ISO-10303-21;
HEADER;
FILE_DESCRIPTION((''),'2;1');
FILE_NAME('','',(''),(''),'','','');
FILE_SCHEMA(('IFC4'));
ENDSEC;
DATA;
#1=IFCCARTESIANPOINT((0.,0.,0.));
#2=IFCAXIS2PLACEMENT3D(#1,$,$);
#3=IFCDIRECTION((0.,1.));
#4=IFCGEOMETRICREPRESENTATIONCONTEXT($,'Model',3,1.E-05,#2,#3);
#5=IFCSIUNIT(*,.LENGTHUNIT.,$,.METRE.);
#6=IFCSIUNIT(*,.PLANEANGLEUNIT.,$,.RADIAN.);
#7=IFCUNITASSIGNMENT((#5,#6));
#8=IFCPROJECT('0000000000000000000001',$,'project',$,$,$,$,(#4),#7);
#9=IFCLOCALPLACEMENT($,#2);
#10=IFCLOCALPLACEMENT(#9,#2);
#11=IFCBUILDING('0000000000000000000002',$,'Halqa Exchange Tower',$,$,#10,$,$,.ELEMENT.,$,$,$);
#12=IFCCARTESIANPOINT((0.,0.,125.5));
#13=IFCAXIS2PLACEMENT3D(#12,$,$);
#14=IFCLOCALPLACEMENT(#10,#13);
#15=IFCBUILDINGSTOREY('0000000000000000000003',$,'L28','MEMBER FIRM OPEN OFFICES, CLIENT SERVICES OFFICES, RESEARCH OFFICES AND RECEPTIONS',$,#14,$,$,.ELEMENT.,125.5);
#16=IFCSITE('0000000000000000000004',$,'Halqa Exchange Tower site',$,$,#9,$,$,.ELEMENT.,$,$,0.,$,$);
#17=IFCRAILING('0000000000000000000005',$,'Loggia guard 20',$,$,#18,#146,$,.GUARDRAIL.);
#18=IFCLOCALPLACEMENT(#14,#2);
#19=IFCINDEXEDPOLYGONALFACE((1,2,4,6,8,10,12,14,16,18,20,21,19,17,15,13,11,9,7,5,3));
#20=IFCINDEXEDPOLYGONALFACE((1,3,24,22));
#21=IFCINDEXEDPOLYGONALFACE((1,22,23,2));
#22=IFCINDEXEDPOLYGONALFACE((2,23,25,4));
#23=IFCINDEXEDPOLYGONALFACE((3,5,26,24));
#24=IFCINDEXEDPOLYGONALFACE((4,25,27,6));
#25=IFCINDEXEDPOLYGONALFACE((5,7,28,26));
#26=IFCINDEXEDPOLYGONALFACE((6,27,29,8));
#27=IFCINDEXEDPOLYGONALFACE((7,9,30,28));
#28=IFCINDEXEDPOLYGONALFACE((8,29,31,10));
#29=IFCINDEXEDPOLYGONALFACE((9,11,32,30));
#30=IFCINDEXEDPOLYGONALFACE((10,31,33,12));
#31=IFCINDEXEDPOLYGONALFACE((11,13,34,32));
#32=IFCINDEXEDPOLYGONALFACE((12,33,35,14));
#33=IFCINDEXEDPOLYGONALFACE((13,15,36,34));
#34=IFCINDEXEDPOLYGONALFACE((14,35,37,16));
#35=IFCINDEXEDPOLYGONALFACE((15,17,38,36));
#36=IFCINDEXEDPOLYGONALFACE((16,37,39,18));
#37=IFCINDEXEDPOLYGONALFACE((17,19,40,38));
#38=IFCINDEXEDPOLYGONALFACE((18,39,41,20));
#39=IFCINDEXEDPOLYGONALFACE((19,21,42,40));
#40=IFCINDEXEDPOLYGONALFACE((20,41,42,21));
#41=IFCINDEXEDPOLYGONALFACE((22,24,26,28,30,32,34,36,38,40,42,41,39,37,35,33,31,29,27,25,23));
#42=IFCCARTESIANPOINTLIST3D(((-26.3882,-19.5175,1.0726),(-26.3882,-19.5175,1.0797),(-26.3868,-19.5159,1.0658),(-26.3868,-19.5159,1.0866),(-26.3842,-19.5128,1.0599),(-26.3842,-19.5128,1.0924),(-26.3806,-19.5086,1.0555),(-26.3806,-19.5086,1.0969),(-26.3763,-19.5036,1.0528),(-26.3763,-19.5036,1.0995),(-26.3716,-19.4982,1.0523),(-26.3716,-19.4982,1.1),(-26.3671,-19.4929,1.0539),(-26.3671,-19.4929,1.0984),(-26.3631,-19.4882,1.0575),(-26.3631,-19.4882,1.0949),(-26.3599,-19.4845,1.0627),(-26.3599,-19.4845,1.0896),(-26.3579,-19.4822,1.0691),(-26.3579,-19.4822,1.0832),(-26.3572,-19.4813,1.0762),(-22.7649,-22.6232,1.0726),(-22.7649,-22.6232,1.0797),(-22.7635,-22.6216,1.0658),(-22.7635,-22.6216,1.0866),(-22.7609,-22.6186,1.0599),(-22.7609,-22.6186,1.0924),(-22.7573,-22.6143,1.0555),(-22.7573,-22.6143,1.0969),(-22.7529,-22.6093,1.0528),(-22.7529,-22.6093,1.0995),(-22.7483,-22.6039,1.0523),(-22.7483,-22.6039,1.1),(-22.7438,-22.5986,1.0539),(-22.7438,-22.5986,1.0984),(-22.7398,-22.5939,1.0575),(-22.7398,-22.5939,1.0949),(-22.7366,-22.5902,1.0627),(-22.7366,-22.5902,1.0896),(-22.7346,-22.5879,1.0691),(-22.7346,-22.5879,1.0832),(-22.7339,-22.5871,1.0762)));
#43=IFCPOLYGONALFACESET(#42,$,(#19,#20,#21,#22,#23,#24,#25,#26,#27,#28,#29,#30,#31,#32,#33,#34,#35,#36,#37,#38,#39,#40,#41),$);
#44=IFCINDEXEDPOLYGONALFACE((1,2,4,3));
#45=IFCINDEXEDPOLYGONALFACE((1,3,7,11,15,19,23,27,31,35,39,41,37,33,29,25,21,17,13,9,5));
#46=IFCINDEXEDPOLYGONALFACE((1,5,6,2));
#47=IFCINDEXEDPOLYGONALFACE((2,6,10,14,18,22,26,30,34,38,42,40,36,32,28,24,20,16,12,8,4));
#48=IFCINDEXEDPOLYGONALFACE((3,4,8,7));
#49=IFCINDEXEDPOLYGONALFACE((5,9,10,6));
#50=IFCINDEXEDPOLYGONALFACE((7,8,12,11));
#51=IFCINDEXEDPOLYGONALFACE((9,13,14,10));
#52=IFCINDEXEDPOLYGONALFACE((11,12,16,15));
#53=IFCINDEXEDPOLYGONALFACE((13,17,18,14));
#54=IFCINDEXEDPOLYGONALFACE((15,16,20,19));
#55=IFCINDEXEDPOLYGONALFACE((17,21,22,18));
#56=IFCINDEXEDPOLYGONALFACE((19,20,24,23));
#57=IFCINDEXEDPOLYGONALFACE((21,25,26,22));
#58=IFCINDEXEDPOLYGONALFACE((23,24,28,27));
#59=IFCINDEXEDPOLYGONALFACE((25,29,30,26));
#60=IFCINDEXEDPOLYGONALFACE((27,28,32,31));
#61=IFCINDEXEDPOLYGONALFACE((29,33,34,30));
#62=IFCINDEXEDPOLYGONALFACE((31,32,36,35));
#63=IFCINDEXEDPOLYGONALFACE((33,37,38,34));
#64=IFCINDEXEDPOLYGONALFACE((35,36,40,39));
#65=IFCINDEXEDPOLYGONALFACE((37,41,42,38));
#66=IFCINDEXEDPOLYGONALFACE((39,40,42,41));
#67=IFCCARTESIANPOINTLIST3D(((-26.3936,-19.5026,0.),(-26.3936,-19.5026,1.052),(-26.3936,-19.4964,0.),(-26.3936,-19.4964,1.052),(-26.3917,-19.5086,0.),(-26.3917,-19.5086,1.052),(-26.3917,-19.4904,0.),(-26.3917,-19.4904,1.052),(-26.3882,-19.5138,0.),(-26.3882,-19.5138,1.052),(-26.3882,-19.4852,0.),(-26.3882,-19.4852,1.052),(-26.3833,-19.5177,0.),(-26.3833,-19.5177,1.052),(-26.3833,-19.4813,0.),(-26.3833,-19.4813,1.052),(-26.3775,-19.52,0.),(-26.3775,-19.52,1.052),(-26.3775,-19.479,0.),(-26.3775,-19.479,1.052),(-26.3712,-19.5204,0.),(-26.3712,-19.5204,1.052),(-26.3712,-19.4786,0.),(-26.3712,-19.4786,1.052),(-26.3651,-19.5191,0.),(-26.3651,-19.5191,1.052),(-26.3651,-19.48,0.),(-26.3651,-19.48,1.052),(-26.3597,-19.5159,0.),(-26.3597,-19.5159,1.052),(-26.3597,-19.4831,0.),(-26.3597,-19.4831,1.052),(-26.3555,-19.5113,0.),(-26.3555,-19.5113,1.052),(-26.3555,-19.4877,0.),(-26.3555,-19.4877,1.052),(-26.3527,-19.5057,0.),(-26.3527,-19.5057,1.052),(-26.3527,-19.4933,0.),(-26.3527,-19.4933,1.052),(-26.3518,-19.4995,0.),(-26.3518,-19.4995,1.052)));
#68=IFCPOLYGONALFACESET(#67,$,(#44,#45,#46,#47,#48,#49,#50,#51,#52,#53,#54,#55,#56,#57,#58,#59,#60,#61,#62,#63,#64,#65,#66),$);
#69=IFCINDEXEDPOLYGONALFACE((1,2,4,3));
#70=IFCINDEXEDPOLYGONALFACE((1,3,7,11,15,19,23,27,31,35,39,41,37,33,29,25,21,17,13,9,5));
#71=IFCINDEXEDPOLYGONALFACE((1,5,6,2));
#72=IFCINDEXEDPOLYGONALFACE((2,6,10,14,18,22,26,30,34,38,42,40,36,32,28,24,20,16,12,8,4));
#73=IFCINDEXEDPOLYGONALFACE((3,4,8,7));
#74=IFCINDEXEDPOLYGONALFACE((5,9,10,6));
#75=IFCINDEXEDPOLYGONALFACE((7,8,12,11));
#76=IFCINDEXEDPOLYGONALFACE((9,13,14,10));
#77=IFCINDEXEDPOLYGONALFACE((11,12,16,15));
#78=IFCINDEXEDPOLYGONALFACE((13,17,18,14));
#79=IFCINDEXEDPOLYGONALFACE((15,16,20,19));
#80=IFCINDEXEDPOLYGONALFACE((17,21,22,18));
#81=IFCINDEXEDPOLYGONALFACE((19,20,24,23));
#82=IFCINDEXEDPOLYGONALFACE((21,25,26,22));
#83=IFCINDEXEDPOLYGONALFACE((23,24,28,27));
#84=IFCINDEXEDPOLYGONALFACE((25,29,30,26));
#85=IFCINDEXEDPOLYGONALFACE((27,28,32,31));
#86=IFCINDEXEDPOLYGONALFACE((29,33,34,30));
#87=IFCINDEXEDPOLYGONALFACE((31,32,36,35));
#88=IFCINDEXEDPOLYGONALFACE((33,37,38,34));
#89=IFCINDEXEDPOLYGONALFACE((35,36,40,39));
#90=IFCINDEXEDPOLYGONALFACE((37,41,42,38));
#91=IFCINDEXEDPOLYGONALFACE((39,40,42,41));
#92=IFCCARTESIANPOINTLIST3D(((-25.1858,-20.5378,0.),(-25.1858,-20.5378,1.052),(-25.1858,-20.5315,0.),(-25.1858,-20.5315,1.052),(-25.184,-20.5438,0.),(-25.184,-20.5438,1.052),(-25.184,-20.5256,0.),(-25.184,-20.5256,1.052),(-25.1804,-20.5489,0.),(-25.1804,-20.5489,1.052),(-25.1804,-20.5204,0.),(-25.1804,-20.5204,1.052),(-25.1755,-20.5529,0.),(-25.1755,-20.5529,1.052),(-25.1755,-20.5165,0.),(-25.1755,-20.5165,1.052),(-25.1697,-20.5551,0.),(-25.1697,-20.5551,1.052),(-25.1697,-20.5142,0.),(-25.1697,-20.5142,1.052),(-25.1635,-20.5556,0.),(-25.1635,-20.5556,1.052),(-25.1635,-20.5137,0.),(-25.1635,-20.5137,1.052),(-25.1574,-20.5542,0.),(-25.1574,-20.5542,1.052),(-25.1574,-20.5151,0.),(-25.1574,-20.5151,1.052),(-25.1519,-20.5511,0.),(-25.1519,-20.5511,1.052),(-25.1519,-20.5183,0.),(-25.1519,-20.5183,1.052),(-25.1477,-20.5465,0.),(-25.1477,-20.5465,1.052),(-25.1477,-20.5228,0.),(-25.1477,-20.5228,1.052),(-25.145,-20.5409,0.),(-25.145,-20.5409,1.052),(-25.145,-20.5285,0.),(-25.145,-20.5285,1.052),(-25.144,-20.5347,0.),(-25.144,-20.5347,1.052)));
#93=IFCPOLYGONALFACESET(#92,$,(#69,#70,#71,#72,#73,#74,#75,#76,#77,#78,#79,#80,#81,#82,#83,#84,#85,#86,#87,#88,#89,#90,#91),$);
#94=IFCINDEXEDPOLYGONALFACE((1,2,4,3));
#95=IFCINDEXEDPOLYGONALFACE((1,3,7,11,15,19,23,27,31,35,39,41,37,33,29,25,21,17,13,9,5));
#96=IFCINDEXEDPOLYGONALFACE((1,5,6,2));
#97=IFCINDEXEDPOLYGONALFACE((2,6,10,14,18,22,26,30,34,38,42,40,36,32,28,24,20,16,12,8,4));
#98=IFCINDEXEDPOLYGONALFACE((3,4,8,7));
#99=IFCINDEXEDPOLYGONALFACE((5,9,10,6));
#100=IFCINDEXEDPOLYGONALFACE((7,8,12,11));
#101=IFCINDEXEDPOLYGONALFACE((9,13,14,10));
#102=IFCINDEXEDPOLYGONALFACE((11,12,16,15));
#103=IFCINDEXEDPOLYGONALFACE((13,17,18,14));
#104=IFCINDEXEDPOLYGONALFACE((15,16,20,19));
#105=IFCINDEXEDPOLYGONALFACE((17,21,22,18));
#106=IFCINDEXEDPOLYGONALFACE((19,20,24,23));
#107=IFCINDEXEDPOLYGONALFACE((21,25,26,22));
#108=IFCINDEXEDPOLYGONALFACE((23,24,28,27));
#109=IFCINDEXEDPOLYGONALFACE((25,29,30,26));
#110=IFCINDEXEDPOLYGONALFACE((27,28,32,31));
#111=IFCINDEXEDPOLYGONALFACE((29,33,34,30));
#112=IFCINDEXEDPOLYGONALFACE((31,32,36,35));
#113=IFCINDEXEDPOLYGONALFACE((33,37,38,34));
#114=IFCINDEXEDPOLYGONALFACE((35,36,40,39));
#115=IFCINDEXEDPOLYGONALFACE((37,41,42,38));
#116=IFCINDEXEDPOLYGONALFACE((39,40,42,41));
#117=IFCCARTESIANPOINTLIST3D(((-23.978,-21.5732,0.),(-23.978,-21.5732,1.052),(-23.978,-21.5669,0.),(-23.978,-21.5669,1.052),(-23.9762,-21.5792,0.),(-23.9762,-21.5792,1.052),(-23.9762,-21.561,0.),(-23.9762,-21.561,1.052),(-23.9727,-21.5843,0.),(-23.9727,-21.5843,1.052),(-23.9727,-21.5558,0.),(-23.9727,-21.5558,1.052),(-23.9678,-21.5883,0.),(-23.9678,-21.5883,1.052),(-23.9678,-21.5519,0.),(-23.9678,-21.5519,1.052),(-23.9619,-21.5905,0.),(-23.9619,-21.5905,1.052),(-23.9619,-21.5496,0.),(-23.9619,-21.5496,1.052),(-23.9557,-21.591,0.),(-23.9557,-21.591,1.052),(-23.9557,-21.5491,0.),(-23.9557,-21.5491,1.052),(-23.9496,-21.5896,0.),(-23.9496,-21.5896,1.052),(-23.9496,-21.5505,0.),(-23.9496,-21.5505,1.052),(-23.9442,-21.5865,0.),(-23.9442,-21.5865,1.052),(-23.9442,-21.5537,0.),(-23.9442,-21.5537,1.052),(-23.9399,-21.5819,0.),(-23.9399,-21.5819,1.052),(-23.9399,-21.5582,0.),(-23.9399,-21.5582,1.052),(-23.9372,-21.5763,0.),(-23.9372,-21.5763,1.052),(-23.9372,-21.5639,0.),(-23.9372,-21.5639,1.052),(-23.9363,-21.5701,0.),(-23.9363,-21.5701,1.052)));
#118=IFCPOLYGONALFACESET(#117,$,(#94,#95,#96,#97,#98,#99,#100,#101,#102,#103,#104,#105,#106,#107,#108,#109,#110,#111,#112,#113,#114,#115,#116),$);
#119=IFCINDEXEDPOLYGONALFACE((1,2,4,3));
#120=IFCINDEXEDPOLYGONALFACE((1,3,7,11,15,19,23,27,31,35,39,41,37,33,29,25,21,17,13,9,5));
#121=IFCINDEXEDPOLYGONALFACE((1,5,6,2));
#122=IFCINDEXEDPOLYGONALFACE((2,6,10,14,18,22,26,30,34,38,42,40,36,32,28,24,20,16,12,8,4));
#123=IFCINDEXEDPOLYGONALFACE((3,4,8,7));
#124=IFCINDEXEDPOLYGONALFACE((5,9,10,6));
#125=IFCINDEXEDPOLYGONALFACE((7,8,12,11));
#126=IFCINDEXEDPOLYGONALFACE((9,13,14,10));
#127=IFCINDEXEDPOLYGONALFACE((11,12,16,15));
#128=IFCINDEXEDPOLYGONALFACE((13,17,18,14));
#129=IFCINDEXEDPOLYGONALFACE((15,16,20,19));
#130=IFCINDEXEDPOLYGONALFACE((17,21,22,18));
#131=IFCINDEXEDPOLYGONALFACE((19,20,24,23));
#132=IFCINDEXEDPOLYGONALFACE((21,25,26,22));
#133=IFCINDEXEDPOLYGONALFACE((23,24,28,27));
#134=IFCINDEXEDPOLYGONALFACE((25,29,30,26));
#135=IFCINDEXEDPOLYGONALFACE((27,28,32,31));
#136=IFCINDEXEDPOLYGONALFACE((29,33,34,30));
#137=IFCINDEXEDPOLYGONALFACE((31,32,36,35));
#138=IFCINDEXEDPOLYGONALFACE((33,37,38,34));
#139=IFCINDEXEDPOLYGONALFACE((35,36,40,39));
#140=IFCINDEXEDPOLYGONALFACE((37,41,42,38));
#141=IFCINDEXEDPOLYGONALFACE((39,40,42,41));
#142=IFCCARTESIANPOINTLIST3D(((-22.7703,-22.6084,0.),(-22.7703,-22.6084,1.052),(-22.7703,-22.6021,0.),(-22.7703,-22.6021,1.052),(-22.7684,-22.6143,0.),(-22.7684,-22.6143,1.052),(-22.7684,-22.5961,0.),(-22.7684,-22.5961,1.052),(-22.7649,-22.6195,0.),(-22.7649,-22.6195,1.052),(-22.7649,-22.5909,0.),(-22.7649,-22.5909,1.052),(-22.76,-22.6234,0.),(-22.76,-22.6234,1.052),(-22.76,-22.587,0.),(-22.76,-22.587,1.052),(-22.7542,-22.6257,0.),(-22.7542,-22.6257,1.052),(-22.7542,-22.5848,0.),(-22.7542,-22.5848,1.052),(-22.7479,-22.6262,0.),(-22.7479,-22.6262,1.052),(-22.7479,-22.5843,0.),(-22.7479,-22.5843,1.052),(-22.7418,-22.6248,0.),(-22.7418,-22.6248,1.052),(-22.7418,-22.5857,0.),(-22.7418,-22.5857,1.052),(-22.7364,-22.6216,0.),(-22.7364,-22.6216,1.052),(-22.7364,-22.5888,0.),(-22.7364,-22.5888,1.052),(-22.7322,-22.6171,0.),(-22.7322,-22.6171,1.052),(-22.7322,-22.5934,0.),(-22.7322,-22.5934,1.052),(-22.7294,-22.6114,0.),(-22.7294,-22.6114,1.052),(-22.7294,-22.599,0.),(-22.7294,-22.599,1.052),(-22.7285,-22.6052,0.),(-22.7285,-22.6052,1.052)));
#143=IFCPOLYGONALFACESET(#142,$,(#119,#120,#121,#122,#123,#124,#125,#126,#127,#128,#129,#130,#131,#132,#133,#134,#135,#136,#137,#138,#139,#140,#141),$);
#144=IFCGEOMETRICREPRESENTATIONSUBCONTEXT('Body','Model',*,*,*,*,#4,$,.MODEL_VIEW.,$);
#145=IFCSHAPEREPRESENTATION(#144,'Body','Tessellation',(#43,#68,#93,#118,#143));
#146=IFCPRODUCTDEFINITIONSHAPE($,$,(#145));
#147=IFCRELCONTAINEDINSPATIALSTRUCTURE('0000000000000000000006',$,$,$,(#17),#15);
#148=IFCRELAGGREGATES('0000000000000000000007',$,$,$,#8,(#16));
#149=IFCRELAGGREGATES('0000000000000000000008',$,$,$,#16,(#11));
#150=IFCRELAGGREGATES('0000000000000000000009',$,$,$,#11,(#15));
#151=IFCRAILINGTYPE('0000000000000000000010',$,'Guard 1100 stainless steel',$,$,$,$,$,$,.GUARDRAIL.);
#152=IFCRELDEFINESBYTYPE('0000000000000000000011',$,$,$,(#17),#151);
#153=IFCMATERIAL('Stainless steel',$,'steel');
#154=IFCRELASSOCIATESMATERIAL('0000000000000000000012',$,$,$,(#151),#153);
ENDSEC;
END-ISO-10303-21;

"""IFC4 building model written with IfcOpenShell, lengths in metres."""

from ifc_helpers import new_model, si_unit, direction, frame, origin, origin_2d, place, context, subcontext, project, spatial, circle, extrude, material, type_object, element, save


model = new_model("IFC4")

# Units and contexts
model_context = context("Model", 3, precision=1e-05, world=origin(), true_north=direction((0.0, 1.0)))
body_context = subcontext(model_context, "Body", "Model", "MODEL_VIEW")
ifc_project = project(units=[si_unit("LENGTHUNIT", "METRE"), si_unit("PLANEANGLEUNIT", "RADIAN")], contexts=[model_context])

# Site, building, storey
site_placement = place(None, origin())
site = spatial("IfcSite", under=ifc_project, at=site_placement, Name="Halqa Exchange Tower site", CompositionType="ELEMENT", RefElevation=0.0)
building_placement = place(site_placement, origin())
building = spatial("IfcBuilding", under=site, at=building_placement, Name="Halqa Exchange Tower", CompositionType="ELEMENT")
storey_placement = place(building_placement, frame((0.0, 0.0, 125.5)))
storey = spatial("IfcBuildingStorey", under=building, at=storey_placement, Name="L28", Description="MEMBER FIRM OPEN OFFICES, CLIENT SERVICES OFFICES, RESEARCH OFFICES AND RECEPTIONS", CompositionType="ELEMENT", Elevation=125.5)

# Railing
ifc_material_1 = material(Name="Stainless steel", Category="steel")
railing_type = type_object("IfcRailingType", Name="Guard 1100 stainless steel", PredefinedType="GUARDRAIL", material=ifc_material_1)
railing_1_placement = place(storey_placement, frame((-26.3728, -19.4995, 0.0)))
element("IfcRailing", 1, at=railing_1_placement, inside=storey, type_object=railing_type, Name="Loggia guard 20", PredefinedType="GUARDRAIL", context=body_context, shape_type="SweptSolid", body=[
    extrude(circle(Radius=0.0239, at=origin_2d()), frame((0.0, 0.0, 1.0762), z_axis=(0.759253, -0.650796, 0.0), x_axis=(0.650796, 0.759253, 0.0)), (0.0, 0.0, 1.0), 4.7722),
    extrude(circle(Radius=0.021, at=origin_2d()), origin(), (0.0, 0.0, 1.0), 1.052),
    extrude(circle(Radius=0.021, at=origin_2d()), frame((1.2078, -1.0352, 0.0)), (0.0, 0.0, 1.0), 1.052),
    extrude(circle(Radius=0.021, at=origin_2d()), frame((2.4155, -2.0706, 0.0)), (0.0, 0.0, 1.0), 1.052),
    extrude(circle(Radius=0.021, at=origin_2d()), frame((3.6233, -3.1057, 0.0)), (0.0, 0.0, 1.0), 1.052),
])

save(model, "model.ifc")
